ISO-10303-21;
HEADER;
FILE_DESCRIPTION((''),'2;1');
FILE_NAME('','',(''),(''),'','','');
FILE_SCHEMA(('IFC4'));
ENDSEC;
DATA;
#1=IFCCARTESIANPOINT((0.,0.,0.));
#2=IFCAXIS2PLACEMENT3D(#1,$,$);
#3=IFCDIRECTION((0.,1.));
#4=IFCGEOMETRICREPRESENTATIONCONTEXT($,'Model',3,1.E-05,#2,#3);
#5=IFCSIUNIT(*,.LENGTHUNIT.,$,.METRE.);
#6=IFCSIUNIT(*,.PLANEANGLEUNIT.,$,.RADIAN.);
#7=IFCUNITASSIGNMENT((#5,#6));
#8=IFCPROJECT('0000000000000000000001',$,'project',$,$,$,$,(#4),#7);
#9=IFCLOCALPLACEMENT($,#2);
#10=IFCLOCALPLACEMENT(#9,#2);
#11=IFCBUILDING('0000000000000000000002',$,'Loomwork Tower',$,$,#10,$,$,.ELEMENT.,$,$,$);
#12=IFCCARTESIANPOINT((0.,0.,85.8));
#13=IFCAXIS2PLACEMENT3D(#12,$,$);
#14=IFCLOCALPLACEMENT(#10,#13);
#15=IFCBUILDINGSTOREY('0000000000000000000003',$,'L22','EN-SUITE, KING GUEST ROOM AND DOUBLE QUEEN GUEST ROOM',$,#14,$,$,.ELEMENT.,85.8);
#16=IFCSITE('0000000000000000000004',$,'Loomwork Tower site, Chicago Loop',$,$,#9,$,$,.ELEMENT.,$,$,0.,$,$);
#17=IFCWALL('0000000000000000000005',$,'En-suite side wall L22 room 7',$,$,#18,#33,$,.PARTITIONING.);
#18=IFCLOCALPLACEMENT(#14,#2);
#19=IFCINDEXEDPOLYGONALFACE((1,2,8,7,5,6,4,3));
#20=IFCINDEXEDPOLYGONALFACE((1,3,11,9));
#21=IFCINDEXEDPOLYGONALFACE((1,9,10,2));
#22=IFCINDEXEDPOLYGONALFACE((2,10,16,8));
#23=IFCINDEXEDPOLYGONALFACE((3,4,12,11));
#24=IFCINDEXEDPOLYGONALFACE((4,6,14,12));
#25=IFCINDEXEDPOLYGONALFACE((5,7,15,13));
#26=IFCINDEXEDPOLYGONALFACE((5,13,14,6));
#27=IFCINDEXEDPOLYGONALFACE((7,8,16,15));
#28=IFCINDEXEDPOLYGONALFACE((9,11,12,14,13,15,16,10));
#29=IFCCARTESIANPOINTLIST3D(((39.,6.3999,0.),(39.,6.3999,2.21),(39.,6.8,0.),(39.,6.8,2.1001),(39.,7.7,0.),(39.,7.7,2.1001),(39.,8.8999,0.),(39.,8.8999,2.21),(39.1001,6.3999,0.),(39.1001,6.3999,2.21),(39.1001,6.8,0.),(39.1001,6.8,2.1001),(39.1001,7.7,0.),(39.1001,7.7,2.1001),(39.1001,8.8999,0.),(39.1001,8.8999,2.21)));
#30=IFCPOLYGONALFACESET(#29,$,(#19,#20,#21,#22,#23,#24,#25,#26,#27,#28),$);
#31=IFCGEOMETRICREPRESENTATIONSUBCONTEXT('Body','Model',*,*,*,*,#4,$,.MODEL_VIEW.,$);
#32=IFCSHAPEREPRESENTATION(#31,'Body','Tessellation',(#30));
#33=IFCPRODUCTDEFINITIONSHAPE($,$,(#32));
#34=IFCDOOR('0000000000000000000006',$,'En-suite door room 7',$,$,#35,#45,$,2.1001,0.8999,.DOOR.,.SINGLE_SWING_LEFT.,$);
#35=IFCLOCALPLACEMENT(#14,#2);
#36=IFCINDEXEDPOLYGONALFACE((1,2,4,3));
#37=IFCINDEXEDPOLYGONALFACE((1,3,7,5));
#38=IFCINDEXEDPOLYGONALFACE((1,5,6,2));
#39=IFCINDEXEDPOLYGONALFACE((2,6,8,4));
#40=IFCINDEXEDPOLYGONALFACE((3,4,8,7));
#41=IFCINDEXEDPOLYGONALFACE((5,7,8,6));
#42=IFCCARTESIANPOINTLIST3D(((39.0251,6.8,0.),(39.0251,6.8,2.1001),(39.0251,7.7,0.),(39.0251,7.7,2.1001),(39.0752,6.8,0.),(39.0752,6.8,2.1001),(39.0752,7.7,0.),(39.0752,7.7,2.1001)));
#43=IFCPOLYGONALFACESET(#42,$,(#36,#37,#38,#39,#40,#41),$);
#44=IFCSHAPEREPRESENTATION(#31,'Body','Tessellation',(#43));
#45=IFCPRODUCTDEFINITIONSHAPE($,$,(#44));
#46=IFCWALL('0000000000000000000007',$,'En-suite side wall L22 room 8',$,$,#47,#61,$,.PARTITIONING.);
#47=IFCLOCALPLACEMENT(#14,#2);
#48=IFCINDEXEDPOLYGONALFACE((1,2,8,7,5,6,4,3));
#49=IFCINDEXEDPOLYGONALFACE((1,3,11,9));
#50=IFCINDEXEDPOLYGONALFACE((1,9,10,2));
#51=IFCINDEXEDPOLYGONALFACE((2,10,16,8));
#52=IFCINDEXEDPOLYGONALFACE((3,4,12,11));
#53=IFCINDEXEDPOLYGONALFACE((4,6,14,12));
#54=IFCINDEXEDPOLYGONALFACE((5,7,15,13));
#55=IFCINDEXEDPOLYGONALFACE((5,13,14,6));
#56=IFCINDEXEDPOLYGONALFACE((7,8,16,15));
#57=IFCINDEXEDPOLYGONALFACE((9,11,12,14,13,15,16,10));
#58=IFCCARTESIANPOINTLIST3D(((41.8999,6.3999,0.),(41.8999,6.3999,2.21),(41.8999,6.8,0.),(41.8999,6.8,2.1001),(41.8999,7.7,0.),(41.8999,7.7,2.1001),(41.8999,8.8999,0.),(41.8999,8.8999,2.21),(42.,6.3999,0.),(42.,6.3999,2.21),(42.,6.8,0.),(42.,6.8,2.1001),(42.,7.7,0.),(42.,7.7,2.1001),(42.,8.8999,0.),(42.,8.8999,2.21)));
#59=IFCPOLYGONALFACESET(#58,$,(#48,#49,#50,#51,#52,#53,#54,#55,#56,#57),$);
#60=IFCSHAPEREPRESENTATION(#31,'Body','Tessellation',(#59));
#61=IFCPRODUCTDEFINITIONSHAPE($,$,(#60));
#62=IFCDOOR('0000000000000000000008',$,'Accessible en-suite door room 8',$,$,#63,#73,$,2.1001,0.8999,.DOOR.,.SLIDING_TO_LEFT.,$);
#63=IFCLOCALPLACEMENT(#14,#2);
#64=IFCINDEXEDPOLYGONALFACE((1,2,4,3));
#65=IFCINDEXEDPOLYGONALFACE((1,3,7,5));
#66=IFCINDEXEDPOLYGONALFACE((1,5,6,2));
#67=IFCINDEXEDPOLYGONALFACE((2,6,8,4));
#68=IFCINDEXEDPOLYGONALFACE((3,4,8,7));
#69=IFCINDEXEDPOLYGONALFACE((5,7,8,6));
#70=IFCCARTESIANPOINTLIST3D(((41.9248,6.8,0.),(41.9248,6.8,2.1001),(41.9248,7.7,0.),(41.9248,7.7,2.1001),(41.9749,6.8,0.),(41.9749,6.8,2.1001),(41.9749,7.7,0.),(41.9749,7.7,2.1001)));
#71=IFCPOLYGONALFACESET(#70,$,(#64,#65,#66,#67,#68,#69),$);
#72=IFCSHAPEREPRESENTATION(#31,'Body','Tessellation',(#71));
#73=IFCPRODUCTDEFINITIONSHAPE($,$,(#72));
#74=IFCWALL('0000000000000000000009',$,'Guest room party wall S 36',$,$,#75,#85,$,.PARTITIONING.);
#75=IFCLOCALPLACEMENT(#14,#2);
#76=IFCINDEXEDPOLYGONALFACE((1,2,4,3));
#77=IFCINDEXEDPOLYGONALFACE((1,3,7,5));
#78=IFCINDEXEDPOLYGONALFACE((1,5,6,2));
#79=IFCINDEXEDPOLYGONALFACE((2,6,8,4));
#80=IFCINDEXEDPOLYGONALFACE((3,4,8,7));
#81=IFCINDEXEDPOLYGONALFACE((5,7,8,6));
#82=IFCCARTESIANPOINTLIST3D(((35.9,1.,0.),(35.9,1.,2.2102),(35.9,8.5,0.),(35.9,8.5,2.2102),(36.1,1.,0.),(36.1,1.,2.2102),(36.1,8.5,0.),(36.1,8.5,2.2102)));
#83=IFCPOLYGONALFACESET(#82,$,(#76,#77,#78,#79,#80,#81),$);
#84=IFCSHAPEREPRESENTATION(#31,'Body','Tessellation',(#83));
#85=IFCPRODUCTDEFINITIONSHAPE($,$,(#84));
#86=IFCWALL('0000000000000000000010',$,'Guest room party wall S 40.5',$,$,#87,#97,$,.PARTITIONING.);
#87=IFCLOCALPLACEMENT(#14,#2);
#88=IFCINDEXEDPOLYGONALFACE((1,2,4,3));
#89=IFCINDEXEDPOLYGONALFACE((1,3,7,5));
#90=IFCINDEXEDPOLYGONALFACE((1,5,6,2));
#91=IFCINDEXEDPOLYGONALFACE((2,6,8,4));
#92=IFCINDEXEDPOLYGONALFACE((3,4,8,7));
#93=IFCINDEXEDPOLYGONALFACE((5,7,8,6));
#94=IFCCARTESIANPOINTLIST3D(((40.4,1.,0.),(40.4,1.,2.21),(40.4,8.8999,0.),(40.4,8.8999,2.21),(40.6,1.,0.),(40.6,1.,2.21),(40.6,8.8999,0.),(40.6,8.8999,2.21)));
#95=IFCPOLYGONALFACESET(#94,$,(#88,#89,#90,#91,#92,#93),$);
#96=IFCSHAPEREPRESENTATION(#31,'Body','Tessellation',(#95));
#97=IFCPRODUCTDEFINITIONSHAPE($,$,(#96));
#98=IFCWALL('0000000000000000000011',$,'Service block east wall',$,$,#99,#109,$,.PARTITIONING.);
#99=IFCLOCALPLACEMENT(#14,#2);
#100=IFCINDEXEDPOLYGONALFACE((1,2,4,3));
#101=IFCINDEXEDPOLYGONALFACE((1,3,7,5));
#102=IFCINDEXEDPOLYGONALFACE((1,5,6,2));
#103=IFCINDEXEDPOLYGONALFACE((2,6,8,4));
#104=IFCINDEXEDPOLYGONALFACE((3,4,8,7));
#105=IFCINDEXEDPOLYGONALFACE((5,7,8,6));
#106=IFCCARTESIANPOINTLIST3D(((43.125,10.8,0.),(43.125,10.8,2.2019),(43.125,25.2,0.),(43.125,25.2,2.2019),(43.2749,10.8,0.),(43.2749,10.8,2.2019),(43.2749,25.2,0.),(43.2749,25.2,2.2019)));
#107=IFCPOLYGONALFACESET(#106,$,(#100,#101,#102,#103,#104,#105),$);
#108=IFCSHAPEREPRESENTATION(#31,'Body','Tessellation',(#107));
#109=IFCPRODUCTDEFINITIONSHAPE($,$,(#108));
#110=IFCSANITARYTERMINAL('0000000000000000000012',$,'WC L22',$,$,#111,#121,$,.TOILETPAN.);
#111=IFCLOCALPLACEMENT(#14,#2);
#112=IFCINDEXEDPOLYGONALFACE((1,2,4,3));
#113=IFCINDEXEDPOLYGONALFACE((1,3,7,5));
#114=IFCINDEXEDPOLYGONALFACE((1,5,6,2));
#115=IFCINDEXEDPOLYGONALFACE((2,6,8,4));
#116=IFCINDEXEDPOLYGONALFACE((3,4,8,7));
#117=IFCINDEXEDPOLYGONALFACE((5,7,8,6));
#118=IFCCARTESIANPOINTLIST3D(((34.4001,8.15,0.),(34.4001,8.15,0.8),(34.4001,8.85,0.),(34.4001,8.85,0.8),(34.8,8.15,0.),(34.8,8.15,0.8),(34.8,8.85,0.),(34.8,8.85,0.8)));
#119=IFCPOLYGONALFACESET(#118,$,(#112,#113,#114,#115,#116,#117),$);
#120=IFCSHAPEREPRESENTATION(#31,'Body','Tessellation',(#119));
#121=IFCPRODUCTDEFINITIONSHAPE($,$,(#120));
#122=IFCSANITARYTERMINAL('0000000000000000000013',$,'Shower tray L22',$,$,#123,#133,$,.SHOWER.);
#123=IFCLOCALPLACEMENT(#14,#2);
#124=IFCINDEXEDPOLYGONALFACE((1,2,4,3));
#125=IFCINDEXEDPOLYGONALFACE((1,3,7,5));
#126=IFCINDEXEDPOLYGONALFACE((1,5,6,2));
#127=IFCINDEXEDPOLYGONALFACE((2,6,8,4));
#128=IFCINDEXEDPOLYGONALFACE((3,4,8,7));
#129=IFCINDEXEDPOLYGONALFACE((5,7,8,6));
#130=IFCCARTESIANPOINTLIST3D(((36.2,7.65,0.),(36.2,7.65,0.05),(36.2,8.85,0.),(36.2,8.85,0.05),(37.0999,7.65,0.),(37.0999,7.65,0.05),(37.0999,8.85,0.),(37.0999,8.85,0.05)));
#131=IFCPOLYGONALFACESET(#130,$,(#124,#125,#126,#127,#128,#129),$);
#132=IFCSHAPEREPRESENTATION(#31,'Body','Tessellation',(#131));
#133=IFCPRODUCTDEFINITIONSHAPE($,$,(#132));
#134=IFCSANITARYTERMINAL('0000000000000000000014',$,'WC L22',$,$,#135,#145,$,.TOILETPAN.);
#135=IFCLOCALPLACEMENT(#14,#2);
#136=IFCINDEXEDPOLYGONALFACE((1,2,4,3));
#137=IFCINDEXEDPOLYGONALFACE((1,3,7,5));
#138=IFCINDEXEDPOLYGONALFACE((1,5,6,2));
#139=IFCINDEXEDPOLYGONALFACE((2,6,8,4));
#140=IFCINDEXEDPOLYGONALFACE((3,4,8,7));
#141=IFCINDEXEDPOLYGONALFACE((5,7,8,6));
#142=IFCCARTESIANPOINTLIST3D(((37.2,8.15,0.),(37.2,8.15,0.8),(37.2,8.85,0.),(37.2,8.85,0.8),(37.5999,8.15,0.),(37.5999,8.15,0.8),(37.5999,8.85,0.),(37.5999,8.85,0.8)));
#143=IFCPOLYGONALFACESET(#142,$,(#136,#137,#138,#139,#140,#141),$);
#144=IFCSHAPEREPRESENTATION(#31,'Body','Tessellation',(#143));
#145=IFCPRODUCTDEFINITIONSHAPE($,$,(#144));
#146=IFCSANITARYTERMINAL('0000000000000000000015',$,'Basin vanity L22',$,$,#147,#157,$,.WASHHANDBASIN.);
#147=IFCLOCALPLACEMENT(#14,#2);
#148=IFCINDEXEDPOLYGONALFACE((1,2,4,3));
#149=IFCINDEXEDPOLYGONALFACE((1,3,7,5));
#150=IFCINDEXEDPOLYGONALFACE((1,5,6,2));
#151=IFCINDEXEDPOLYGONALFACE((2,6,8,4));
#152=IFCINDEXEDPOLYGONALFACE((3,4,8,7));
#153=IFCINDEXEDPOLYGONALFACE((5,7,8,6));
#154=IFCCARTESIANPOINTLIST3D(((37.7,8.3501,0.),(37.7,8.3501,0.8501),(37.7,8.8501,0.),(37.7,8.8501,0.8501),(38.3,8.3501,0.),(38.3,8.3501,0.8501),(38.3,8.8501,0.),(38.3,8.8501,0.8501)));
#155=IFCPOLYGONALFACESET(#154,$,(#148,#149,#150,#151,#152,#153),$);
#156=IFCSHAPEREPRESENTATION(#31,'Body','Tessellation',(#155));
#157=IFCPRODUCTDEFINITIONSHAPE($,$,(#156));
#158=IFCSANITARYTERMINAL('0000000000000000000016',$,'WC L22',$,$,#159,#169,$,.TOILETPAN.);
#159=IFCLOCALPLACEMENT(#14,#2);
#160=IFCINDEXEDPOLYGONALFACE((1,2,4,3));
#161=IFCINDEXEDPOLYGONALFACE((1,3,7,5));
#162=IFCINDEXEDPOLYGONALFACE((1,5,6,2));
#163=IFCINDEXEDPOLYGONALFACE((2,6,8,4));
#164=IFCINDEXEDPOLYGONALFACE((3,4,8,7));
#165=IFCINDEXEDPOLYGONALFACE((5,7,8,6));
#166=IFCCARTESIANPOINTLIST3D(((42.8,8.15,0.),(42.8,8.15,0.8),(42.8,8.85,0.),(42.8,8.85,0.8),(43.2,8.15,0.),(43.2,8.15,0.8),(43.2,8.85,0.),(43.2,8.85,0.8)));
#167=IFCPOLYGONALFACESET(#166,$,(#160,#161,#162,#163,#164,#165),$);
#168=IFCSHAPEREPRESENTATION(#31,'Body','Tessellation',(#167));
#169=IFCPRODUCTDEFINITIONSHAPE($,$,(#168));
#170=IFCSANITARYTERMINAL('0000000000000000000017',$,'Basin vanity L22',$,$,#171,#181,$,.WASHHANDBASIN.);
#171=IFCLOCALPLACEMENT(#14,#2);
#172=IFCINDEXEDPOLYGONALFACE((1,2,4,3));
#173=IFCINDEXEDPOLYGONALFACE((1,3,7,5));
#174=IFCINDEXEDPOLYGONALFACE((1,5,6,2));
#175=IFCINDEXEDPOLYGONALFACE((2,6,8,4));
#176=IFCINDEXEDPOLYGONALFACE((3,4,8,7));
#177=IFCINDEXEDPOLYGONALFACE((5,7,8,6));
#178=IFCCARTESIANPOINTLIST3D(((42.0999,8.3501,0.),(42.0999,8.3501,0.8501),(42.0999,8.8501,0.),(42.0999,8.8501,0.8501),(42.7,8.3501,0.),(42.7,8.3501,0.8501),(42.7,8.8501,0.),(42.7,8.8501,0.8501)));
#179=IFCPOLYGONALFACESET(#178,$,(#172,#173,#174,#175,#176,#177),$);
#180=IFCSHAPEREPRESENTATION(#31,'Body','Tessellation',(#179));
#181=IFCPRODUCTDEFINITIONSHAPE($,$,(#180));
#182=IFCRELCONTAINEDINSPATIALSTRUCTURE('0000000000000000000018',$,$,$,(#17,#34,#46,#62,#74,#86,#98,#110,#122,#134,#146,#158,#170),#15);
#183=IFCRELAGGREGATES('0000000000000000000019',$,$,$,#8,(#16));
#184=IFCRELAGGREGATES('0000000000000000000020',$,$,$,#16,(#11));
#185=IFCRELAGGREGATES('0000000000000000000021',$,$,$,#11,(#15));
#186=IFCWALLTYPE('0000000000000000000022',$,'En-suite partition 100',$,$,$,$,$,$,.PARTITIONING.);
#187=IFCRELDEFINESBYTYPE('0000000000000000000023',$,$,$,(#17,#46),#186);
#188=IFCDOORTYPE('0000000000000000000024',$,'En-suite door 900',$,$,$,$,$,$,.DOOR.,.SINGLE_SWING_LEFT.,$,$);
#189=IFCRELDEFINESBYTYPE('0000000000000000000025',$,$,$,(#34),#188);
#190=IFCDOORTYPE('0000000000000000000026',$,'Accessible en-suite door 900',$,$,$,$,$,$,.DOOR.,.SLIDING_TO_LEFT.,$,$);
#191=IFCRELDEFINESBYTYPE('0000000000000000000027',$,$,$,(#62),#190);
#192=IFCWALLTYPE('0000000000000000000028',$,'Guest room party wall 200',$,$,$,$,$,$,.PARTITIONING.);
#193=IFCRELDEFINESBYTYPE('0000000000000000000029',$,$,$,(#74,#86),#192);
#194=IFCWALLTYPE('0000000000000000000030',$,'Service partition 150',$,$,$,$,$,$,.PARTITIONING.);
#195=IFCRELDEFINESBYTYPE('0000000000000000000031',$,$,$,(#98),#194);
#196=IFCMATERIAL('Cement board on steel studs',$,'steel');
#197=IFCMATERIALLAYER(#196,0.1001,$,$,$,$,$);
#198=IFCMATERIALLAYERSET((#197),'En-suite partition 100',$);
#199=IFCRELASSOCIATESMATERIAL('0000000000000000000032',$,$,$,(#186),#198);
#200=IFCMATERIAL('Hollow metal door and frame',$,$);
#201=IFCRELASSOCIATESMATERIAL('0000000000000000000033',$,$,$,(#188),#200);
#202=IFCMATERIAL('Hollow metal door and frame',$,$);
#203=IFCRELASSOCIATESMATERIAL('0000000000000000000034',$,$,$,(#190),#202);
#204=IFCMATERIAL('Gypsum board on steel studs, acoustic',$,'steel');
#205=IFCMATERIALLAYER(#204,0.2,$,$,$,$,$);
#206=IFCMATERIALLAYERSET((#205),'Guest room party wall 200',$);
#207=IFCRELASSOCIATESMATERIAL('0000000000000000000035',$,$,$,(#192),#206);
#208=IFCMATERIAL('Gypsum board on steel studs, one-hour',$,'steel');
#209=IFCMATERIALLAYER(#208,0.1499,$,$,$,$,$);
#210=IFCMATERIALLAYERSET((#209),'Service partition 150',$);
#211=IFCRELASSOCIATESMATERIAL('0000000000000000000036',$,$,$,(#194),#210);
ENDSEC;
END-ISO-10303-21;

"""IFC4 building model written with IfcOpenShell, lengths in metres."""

from ifc_helpers import new_model, si_unit, direction, frame, frame_2d, origin, origin_2d, place, context, subcontext, project, spatial, rectangle, extrude, material, layer, layer_set, type_object, element, fill, save


model = new_model("IFC4")

# Units and contexts
model_context = context("Model", 3, precision=1e-05, world=origin(), true_north=direction((0.0, 1.0)))
body_context = subcontext(model_context, "Body", "Model", "MODEL_VIEW")
ifc_project = project(units=[si_unit("LENGTHUNIT", "METRE"), si_unit("PLANEANGLEUNIT", "RADIAN")], contexts=[model_context])

# Site, building, storey
site_placement = place(None, origin())
site = spatial("IfcSite", under=ifc_project, at=site_placement, Name="Loomwork Tower site, Chicago Loop", CompositionType="ELEMENT", RefElevation=0.0)
building_placement = place(site_placement, origin())
building = spatial("IfcBuilding", under=site, at=building_placement, Name="Loomwork Tower", CompositionType="ELEMENT")
storey_placement = place(building_placement, frame((0.0, 0.0, 85.8)))
storey = spatial("IfcBuildingStorey", under=building, at=storey_placement, Name="L22", Description="EN-SUITE, KING GUEST ROOM AND DOUBLE QUEEN GUEST ROOM", CompositionType="ELEMENT", Elevation=85.8)

# Walls, openings, doors
ifc_material_1 = material(Name="Cement board on steel studs", Category="steel")
ifc_layer_1 = layer(ifc_material_1, 0.1001)
ifc_layer_set_1 = layer_set([ifc_layer_1], Name="En-suite partition 100")
wall_type_1 = type_object("IfcWallType", Name="En-suite partition 100", PredefinedType="PARTITIONING", material=ifc_layer_set_1)
wall_1_placement = place(storey_placement, frame((39.05, 8.8999, 0.0), z_axis=(0.0, 0.0, 1.0), x_axis=(0.0, -1.0, 0.0)))
wall_1 = element("IfcWall", 1, at=wall_1_placement, inside=storey, type_object=wall_type_1, Name="En-suite side wall L22 room 7", PredefinedType="PARTITIONING", context=body_context, shape_type="SweptSolid", body=[
    extrude(rectangle(XDim=2.5, YDim=0.1001, at=frame_2d((1.25, 0.0))), origin(), (0.0, 0.0, 1.0), 2.21),
])
opening_1_placement = place(wall_1_placement, frame((1.2, 0.0, 0.0)))
opening_1 = element("IfcOpeningElement", 2, at=opening_1_placement, cuts=wall_1, PredefinedType="OPENING", context=body_context, shape_type="SweptSolid", body=[
    extrude(rectangle(XDim=0.8999, YDim=2.1001, at=frame_2d((0.45, 1.05))), frame((0.0, 0.0601, 0.0), z_axis=(0.0, -1.0, 0.0), x_axis=(1.0, 0.0, 0.0)), (0.0, 0.0, 1.0), 0.1201),
])
ifc_material_2 = material(Name="Hollow metal door and frame")
door_type_1 = type_object("IfcDoorType", Name="En-suite door 900", OperationType="SINGLE_SWING_LEFT", PredefinedType="DOOR", material=ifc_material_2)
door_1_placement = place(opening_1_placement, frame((0.8999, 0.0, 0.0), z_axis=(0.0, 0.0, 1.0), x_axis=(-1.0, 0.0, 0.0)))
door_1 = element("IfcDoor", 3, at=door_1_placement, inside=storey, type_object=door_type_1, Name="En-suite door room 7", OperationType="SINGLE_SWING_LEFT", OverallHeight=2.1001, OverallWidth=0.8999, PredefinedType="DOOR", context=body_context, shape_type="SweptSolid", body=[
    extrude(rectangle(XDim=0.8999, YDim=2.1001, at=frame_2d((0.45, 1.05))), frame((0.0, 0.0249, 0.0), z_axis=(0.0, -1.0, 0.0), x_axis=(1.0, 0.0, 0.0)), (0.0, 0.0, 1.0), 0.05),
])
fill(opening_1, door_1)
wall_2_placement = place(storey_placement, frame((41.95, 8.8999, 0.0), z_axis=(0.0, 0.0, 1.0), x_axis=(0.0, -1.0, 0.0)))
wall_2 = element("IfcWall", 4, at=wall_2_placement, inside=storey, type_object=wall_type_1, Name="En-suite side wall L22 room 8", PredefinedType="PARTITIONING", context=body_context, shape_type="SweptSolid", body=[
    extrude(rectangle(XDim=2.5, YDim=0.1001, at=frame_2d((1.25, 0.0))), origin(), (0.0, 0.0, 1.0), 2.21),
])
opening_2_placement = place(wall_2_placement, frame((1.2, 0.0, 0.0)))
opening_2 = element("IfcOpeningElement", 5, at=opening_2_placement, cuts=wall_2, PredefinedType="OPENING", context=body_context, shape_type="SweptSolid", body=[
    extrude(rectangle(XDim=0.8999, YDim=2.1001, at=frame_2d((0.45, 1.05))), frame((0.0, 0.0601, 0.0), z_axis=(0.0, -1.0, 0.0), x_axis=(1.0, 0.0, 0.0)), (0.0, 0.0, 1.0), 0.1201),
])
ifc_material_3 = material(Name="Hollow metal door and frame")
door_type_2 = type_object("IfcDoorType", Name="Accessible en-suite door 900", OperationType="SLIDING_TO_LEFT", PredefinedType="DOOR", material=ifc_material_3)
door_2_placement = place(opening_2_placement, origin())
door_2 = element("IfcDoor", 6, at=door_2_placement, inside=storey, type_object=door_type_2, Name="Accessible en-suite door room 8", OperationType="SLIDING_TO_LEFT", OverallHeight=2.1001, OverallWidth=0.8999, PredefinedType="DOOR", context=body_context, shape_type="SweptSolid", body=[
    extrude(rectangle(XDim=0.8999, YDim=2.1001, at=frame_2d((0.45, 1.05))), frame((0.0, 0.0249, 0.0), z_axis=(0.0, -1.0, 0.0), x_axis=(1.0, 0.0, 0.0)), (0.0, 0.0, 1.0), 0.05),
])
fill(opening_2, door_2)

# Walls
ifc_material_4 = material(Name="Gypsum board on steel studs, acoustic", Category="steel")
ifc_layer_2 = layer(ifc_material_4, 0.2)
ifc_layer_set_2 = layer_set([ifc_layer_2], Name="Guest room party wall 200")
wall_type_2 = type_object("IfcWallType", Name="Guest room party wall 200", PredefinedType="PARTITIONING", material=ifc_layer_set_2)
wall_3_placement = place(storey_placement, frame((36.0, 8.5, 0.0), z_axis=(0.0, 0.0, 1.0), x_axis=(0.0, -1.0, 0.0)))
element("IfcWall", 7, at=wall_3_placement, inside=storey, type_object=wall_type_2, Name="Guest room party wall S 36", PredefinedType="PARTITIONING", context=body_context, shape_type="SweptSolid", body=[
    extrude(rectangle(XDim=7.5, YDim=0.2, at=frame_2d((3.75, 0.0))), origin(), (0.0, 0.0, 1.0), 2.2102),
])
wall_4_placement = place(storey_placement, frame((40.5, 8.8999, 0.0), z_axis=(0.0, 0.0, 1.0), x_axis=(0.0, -1.0, 0.0)))
element("IfcWall", 8, at=wall_4_placement, inside=storey, type_object=wall_type_2, Name="Guest room party wall S 40.5", PredefinedType="PARTITIONING", context=body_context, shape_type="SweptSolid", body=[
    extrude(rectangle(XDim=7.8999, YDim=0.2, at=frame_2d((3.95, 0.0))), origin(), (0.0, 0.0, 1.0), 2.21),
])
ifc_material_5 = material(Name="Gypsum board on steel studs, one-hour", Category="steel")
ifc_layer_3 = layer(ifc_material_5, 0.1499)
ifc_layer_set_3 = layer_set([ifc_layer_3], Name="Service partition 150")
wall_type_3 = type_object("IfcWallType", Name="Service partition 150", PredefinedType="PARTITIONING", material=ifc_layer_set_3)
wall_5_placement = place(storey_placement, frame((43.2, 10.8, 0.0), z_axis=(0.0, 0.0, 1.0), x_axis=(0.0, 1.0, 0.0)))
element("IfcWall", 9, at=wall_5_placement, inside=storey, type_object=wall_type_3, Name="Service block east wall", PredefinedType="PARTITIONING", context=body_context, shape_type="SweptSolid", body=[
    extrude(rectangle(XDim=14.3999, YDim=0.1499, at=frame_2d((7.2, 0.0))), origin(), (0.0, 0.0, 1.0), 2.2019),
])

# Sanitary terminals
sanitary_terminal_1_placement = place(storey_placement, frame((34.6001, 8.5, 0.0), z_axis=(0.0, 0.0, 1.0), x_axis=(1.0, 0.0, 0.0)))
element("IfcSanitaryTerminal", 10, at=sanitary_terminal_1_placement, inside=storey, Name="WC L22", PredefinedType="TOILETPAN", context=body_context, shape_type="SweptSolid", body=[
    extrude(rectangle(XDim=0.3999, YDim=0.7, at=origin_2d()), origin(), (0.0, 0.0, 1.0), 0.8),
])
sanitary_terminal_2_placement = place(storey_placement, frame((36.6499, 8.25, 0.0), z_axis=(0.0, 0.0, 1.0), x_axis=(1.0, 0.0, 0.0)))
element("IfcSanitaryTerminal", 11, at=sanitary_terminal_2_placement, inside=storey, Name="Shower tray L22", PredefinedType="SHOWER", context=body_context, shape_type="SweptSolid", body=[
    extrude(rectangle(XDim=0.8999, YDim=1.2, at=origin_2d()), origin(), (0.0, 0.0, 1.0), 0.05),
])
sanitary_terminal_3_placement = place(storey_placement, frame((37.3999, 8.5, 0.0), z_axis=(0.0, 0.0, 1.0), x_axis=(1.0, 0.0, 0.0)))
element("IfcSanitaryTerminal", 12, at=sanitary_terminal_3_placement, inside=storey, Name="WC L22", PredefinedType="TOILETPAN", context=body_context, shape_type="SweptSolid", body=[
    extrude(rectangle(XDim=0.3999, YDim=0.7, at=origin_2d()), origin(), (0.0, 0.0, 1.0), 0.8),
])
sanitary_terminal_4_placement = place(storey_placement, frame((38.0, 8.6001, 0.0), z_axis=(0.0, 0.0, 1.0), x_axis=(1.0, 0.0, 0.0)))
element("IfcSanitaryTerminal", 13, at=sanitary_terminal_4_placement, inside=storey, Name="Basin vanity L22", PredefinedType="WASHHANDBASIN", context=body_context, shape_type="SweptSolid", body=[
    extrude(rectangle(XDim=0.6001, YDim=0.5, at=origin_2d()), origin(), (0.0, 0.0, 1.0), 0.8501),
])
sanitary_terminal_5_placement = place(storey_placement, frame((43.0, 8.5, 0.0), z_axis=(0.0, 0.0, 1.0), x_axis=(1.0, 0.0, 0.0)))
element("IfcSanitaryTerminal", 14, at=sanitary_terminal_5_placement, inside=storey, Name="WC L22", PredefinedType="TOILETPAN", context=body_context, shape_type="SweptSolid", body=[
    extrude(rectangle(XDim=0.3999, YDim=0.7, at=origin_2d()), origin(), (0.0, 0.0, 1.0), 0.8),
])
sanitary_terminal_6_placement = place(storey_placement, frame((42.3999, 8.6001, 0.0), z_axis=(0.0, 0.0, 1.0), x_axis=(1.0, 0.0, 0.0)))
element("IfcSanitaryTerminal", 15, at=sanitary_terminal_6_placement, inside=storey, Name="Basin vanity L22", PredefinedType="WASHHANDBASIN", context=body_context, shape_type="SweptSolid", body=[
    extrude(rectangle(XDim=0.6001, YDim=0.5, at=origin_2d()), origin(), (0.0, 0.0, 1.0), 0.8501),
])

save(model, "model.ifc")
